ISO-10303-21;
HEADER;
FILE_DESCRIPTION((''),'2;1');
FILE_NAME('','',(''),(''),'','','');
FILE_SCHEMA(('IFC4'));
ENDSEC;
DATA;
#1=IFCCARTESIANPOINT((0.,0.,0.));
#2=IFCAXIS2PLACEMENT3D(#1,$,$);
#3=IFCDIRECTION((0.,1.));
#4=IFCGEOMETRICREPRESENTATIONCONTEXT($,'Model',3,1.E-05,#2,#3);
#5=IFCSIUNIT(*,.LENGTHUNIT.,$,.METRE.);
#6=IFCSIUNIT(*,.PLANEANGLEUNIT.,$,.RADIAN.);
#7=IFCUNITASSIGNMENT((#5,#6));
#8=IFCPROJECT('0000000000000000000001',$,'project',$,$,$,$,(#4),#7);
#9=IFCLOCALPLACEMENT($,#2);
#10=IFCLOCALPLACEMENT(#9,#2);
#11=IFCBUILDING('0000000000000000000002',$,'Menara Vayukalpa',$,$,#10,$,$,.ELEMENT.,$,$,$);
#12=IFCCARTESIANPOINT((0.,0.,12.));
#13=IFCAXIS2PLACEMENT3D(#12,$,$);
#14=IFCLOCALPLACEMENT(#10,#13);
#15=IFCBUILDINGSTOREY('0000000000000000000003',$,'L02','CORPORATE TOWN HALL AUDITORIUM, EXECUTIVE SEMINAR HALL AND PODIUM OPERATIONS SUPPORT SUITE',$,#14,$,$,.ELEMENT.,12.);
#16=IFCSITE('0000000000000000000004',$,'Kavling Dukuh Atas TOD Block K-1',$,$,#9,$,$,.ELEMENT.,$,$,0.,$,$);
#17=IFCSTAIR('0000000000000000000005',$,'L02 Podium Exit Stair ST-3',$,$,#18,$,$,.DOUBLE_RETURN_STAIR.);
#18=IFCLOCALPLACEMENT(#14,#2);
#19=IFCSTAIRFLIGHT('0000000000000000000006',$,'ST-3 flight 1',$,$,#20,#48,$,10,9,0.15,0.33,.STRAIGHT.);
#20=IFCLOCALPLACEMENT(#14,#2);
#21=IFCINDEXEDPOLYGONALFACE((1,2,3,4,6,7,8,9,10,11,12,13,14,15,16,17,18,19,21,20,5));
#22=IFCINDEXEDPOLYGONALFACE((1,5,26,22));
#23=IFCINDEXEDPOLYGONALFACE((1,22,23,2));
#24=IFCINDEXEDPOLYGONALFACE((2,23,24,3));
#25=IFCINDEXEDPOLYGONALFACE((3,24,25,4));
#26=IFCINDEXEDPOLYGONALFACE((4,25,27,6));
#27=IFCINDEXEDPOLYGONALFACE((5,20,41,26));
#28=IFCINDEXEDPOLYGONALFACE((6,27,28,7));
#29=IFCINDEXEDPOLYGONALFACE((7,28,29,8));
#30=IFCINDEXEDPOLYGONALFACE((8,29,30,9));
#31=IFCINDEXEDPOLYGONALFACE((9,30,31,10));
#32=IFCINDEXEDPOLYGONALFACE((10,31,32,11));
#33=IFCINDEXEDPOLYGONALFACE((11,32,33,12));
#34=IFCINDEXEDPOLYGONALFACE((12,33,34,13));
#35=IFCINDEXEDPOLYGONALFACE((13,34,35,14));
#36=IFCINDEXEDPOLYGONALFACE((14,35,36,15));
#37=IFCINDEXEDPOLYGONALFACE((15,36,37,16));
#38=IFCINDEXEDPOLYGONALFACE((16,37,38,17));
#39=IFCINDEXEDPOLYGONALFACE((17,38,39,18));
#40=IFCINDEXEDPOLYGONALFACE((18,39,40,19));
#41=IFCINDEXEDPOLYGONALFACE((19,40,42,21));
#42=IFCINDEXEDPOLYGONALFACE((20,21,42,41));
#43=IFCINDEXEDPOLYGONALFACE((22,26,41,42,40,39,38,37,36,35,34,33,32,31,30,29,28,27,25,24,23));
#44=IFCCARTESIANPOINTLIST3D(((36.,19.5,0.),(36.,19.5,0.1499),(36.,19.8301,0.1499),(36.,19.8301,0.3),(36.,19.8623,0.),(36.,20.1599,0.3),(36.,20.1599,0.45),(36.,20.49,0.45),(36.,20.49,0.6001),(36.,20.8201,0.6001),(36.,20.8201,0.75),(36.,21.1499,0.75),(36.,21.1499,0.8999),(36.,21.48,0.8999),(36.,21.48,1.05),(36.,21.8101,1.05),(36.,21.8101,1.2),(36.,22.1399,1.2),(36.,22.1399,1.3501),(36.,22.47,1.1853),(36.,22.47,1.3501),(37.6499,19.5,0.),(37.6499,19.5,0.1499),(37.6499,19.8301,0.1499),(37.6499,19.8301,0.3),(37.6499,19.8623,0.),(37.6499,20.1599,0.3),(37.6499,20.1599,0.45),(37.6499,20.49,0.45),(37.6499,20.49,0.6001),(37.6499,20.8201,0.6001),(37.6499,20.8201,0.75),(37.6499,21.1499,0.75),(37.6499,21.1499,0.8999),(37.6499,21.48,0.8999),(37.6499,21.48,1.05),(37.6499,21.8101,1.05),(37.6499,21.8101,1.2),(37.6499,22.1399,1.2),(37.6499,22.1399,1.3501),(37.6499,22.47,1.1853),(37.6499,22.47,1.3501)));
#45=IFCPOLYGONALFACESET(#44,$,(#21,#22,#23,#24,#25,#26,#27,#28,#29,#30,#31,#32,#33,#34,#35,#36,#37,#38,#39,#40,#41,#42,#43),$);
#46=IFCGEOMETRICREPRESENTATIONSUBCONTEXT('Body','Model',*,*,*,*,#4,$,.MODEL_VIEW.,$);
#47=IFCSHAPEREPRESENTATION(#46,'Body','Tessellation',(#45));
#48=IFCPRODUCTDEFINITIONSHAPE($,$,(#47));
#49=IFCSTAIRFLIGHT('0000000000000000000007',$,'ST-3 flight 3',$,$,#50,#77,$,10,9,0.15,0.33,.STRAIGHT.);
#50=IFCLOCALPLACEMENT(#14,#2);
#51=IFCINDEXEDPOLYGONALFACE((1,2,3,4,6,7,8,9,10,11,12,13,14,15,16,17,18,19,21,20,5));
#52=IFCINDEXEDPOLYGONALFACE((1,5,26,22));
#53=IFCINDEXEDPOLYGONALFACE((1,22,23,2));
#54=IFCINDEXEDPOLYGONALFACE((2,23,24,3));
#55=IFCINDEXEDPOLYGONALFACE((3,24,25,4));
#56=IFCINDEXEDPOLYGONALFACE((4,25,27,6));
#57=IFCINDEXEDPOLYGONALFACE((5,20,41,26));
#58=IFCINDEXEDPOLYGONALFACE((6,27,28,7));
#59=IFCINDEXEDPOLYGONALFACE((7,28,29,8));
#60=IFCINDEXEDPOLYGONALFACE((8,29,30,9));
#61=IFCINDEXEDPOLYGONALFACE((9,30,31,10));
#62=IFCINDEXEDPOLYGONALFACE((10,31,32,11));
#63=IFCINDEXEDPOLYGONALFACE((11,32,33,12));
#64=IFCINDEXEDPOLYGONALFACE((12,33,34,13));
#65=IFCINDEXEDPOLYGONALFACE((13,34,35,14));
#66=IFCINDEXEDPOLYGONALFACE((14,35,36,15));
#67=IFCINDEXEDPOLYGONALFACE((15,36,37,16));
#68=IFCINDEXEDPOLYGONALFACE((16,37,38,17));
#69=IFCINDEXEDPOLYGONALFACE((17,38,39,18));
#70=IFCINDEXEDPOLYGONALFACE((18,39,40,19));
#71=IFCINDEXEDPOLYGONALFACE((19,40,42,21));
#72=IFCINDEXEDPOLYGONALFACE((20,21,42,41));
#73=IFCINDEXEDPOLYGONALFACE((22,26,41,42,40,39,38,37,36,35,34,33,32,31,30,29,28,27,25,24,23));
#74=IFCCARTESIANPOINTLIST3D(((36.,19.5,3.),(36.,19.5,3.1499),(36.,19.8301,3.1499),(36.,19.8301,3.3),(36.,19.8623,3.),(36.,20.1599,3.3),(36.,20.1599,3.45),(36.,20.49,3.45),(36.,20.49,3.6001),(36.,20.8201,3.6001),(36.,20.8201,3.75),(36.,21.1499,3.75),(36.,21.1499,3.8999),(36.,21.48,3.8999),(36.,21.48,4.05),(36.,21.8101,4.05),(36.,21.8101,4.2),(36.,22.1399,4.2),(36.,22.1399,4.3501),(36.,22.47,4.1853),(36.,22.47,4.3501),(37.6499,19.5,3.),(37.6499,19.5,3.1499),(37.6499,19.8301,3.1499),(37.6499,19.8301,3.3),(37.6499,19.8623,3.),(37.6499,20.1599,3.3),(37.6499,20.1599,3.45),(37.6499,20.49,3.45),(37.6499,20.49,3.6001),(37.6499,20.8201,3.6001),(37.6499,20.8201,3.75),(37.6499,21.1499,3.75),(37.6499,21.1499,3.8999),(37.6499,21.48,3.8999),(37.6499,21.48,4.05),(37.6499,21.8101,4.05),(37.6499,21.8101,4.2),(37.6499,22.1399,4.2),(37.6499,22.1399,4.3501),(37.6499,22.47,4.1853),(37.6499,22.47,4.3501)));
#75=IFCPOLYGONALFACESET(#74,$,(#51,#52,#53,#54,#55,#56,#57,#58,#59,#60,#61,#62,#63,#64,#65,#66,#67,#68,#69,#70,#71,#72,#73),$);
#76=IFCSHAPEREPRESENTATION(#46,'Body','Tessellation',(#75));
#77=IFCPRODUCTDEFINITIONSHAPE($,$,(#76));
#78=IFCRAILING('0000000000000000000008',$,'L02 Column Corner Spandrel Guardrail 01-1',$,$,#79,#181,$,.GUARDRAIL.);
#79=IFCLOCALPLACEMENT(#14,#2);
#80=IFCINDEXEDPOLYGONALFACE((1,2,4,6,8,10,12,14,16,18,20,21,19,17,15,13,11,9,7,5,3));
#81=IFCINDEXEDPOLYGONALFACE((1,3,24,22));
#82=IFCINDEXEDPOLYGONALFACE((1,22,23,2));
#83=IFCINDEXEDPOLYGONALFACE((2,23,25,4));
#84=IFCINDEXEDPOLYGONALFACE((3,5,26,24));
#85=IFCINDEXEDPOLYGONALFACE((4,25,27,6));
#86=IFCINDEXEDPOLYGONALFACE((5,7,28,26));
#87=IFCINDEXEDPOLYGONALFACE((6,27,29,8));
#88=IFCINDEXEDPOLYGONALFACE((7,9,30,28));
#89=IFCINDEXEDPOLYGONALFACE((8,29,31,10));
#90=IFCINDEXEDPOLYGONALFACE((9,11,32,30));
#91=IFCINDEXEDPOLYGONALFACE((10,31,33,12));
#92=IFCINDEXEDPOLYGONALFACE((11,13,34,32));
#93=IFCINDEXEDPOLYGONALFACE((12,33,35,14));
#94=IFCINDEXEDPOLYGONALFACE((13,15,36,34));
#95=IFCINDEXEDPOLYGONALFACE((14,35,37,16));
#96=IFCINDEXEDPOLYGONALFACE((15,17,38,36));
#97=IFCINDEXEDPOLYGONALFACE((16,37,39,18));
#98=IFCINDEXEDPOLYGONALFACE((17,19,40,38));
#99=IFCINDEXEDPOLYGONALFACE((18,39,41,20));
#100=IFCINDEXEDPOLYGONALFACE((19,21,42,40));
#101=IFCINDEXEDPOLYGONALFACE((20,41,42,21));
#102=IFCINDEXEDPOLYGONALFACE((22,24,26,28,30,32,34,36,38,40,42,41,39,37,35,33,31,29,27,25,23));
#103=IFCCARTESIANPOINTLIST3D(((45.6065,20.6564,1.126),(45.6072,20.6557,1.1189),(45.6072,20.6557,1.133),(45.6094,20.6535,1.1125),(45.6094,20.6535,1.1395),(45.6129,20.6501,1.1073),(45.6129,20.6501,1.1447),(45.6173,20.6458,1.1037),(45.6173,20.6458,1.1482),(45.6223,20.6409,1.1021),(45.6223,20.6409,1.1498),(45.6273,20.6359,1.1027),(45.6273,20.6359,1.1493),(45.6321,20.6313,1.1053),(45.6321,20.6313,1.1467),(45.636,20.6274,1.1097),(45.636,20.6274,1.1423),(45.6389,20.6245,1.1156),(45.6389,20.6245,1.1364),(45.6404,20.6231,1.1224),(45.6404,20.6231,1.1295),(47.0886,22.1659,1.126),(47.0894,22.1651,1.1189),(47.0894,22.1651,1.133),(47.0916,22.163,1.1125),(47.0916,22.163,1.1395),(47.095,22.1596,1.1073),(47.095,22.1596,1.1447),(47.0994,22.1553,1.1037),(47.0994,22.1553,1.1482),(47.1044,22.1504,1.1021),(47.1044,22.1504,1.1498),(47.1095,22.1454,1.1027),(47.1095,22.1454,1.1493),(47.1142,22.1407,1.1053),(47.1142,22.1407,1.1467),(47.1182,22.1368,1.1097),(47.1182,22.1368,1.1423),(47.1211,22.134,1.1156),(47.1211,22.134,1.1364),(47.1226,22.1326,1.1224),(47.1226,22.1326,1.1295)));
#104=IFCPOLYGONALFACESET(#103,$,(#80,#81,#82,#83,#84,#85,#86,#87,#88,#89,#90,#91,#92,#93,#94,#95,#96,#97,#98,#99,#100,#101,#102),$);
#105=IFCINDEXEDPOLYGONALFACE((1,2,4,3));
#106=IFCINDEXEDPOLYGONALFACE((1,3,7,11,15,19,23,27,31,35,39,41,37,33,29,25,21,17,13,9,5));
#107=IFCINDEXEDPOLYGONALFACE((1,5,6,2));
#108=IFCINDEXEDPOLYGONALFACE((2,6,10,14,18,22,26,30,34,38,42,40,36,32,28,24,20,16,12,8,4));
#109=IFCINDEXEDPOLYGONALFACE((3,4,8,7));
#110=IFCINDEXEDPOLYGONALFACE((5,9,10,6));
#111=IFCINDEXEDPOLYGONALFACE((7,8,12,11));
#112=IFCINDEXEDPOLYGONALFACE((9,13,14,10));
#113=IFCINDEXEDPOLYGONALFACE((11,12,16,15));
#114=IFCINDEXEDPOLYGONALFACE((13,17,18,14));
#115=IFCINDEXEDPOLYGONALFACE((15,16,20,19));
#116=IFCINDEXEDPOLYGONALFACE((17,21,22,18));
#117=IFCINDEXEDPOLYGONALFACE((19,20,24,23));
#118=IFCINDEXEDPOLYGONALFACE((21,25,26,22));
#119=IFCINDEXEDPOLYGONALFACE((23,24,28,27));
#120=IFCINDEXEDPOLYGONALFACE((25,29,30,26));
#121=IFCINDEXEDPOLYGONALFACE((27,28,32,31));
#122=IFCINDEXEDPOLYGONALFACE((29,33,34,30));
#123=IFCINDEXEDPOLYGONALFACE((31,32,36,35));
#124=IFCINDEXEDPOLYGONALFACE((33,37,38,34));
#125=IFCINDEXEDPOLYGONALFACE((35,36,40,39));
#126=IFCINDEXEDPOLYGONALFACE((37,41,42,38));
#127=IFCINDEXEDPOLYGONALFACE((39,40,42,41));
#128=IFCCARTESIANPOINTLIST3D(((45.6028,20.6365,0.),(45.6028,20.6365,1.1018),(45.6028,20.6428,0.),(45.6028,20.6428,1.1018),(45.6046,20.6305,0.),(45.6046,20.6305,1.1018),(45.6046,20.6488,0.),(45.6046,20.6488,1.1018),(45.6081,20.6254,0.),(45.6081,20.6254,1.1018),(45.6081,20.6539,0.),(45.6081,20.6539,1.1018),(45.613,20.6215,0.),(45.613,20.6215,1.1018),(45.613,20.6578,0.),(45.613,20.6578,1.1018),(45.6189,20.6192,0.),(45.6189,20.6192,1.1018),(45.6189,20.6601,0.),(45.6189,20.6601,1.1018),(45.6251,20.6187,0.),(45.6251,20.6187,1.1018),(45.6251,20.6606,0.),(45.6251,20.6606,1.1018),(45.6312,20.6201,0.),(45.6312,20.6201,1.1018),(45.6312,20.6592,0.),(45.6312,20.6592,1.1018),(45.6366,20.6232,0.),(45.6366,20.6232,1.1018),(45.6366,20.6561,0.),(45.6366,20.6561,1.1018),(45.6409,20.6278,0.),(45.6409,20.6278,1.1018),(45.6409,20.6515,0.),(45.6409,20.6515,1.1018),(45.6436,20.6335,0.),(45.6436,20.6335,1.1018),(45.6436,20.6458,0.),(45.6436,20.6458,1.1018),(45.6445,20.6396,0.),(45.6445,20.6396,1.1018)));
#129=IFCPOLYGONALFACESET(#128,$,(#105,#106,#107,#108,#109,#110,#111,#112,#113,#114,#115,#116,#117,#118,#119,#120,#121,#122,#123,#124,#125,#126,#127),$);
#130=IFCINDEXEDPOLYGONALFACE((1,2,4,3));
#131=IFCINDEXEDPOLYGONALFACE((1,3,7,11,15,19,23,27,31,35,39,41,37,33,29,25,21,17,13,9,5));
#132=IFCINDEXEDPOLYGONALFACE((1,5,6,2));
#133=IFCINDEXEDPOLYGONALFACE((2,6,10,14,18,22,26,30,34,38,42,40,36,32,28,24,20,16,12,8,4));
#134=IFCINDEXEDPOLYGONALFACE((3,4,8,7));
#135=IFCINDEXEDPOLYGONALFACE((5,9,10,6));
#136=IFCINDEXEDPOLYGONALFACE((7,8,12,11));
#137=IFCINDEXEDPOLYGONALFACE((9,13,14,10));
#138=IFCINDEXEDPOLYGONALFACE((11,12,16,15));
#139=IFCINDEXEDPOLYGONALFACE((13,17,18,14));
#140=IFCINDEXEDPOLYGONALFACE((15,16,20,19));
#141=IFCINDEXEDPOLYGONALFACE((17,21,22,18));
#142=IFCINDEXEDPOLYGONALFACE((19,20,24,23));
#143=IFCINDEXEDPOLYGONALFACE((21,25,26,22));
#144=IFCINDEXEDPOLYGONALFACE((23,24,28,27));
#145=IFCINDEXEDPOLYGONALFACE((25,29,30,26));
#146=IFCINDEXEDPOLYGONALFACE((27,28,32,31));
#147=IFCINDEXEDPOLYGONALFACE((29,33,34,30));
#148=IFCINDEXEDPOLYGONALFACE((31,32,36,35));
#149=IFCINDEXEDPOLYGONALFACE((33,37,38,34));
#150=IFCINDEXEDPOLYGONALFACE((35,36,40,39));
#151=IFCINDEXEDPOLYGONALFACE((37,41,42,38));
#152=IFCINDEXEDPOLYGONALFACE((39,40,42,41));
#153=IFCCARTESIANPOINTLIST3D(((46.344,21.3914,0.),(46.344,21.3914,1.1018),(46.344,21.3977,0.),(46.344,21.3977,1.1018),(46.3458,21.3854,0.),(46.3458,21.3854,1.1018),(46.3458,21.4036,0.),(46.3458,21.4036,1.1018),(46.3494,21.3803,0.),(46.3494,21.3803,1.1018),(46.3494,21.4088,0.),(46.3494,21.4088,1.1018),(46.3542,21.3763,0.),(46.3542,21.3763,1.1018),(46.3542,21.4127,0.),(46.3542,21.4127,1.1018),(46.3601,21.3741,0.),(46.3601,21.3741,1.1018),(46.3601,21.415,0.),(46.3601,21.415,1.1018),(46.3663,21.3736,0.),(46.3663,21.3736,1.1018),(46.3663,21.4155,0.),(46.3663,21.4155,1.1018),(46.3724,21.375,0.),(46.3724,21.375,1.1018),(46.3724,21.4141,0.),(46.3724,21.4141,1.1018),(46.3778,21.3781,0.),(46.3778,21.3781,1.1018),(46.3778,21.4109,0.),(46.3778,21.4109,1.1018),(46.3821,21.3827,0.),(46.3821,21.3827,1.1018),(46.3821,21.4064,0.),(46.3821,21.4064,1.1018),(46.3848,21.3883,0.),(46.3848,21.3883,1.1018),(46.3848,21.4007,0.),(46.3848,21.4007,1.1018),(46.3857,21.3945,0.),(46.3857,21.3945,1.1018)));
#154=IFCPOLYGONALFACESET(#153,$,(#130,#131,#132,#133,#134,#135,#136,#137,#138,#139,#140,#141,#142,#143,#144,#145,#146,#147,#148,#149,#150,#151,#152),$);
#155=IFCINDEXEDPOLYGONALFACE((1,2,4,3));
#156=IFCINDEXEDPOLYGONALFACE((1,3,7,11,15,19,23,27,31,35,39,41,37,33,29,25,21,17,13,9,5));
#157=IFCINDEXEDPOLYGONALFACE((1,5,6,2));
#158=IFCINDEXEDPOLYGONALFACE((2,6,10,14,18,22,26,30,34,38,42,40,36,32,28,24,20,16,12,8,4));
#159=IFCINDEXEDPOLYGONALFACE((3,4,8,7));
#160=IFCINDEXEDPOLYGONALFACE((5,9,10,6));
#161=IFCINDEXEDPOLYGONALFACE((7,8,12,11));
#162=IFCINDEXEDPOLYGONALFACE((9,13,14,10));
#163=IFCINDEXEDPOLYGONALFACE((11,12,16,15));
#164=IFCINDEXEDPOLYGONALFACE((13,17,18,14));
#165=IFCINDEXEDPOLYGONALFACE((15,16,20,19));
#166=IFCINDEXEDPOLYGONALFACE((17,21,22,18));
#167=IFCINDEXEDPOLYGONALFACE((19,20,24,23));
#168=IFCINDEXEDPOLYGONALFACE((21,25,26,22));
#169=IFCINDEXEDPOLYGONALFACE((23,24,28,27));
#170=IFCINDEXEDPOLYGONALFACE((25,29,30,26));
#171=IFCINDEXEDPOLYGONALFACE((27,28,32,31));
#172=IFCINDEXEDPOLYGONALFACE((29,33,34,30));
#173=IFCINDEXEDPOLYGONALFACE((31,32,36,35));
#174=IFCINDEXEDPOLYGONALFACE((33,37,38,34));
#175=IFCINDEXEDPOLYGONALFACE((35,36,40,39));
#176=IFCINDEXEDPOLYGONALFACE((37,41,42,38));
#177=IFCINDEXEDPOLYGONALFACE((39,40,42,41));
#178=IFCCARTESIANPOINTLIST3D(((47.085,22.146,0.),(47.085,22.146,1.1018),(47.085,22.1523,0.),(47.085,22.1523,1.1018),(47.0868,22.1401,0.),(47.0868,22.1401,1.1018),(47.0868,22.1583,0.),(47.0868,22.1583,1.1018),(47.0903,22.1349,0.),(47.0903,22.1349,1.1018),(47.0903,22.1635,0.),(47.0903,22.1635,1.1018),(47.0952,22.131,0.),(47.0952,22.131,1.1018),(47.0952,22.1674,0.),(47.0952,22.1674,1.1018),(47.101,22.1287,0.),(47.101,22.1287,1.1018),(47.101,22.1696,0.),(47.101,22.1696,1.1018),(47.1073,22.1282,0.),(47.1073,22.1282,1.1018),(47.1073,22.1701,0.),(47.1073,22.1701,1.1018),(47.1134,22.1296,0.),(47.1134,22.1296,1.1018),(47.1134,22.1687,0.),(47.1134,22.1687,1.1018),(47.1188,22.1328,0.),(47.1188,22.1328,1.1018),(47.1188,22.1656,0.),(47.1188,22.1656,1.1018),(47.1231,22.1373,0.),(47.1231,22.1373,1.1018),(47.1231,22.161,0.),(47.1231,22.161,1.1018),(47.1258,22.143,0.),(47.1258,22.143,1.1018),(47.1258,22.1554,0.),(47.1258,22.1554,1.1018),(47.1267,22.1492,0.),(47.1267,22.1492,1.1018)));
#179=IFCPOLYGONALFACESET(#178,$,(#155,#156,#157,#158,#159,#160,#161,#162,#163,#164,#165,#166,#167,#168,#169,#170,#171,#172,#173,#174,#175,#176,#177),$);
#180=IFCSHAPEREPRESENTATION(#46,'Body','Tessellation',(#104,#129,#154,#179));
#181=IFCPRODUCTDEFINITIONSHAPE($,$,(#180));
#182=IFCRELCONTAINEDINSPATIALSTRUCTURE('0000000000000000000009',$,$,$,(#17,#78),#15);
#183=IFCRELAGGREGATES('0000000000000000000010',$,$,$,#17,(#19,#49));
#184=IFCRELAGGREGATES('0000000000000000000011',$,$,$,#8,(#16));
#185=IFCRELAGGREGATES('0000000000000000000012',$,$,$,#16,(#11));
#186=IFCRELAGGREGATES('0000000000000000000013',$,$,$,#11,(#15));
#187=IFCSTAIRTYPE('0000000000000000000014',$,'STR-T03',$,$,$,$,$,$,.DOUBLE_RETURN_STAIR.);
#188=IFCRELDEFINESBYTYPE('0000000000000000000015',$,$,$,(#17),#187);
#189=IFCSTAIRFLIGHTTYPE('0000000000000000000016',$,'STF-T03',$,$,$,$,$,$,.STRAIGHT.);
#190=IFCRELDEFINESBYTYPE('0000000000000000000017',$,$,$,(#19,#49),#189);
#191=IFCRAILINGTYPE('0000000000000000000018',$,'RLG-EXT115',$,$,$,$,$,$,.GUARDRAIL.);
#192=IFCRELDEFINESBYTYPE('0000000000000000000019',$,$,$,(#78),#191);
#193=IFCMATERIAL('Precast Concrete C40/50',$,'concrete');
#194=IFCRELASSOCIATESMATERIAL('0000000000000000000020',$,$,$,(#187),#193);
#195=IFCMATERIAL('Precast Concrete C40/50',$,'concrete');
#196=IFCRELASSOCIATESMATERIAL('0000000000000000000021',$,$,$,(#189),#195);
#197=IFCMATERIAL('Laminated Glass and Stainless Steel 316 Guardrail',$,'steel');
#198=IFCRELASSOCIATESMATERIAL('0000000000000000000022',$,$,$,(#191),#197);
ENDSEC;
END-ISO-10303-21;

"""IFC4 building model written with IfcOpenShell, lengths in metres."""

from ifc_helpers import new_model, si_unit, direction, frame, origin, origin_2d, place, context, subcontext, project, spatial, polyline, circle, outline, extrude, material, type_object, element, aggregate, save


model = new_model("IFC4")

# Units and contexts
model_context = context("Model", 3, precision=1e-05, world=origin(), true_north=direction((0.0, 1.0)))
body_context = subcontext(model_context, "Body", "Model", "MODEL_VIEW")
ifc_project = project(units=[si_unit("LENGTHUNIT", "METRE"), si_unit("PLANEANGLEUNIT", "RADIAN")], contexts=[model_context])

# Site, building, storey
site_placement = place(None, origin())
site = spatial("IfcSite", under=ifc_project, at=site_placement, Name="Kavling Dukuh Atas TOD Block K-1", CompositionType="ELEMENT", RefElevation=0.0)
building_placement = place(site_placement, origin())
building = spatial("IfcBuilding", under=site, at=building_placement, Name="Menara Vayukalpa", CompositionType="ELEMENT")
storey_placement = place(building_placement, frame((0.0, 0.0, 12.0)))
storey = spatial("IfcBuildingStorey", under=building, at=storey_placement, Name="L02", Description="CORPORATE TOWN HALL AUDITORIUM, EXECUTIVE SEMINAR HALL AND PODIUM OPERATIONS SUPPORT SUITE", CompositionType="ELEMENT", Elevation=12.0)

# Stair, stair flights
ifc_material_1 = material(Name="Precast Concrete C40/50", Category="concrete")
stair_type = type_object("IfcStairType", Name="STR-T03", PredefinedType="DOUBLE_RETURN_STAIR", material=ifc_material_1)
stair_placement = place(storey_placement, origin())
stair = element("IfcStair", 1, at=stair_placement, inside=storey, type_object=stair_type, Name="L02 Podium Exit Stair ST-3", PredefinedType="DOUBLE_RETURN_STAIR")
ifc_material_2 = material(Name="Precast Concrete C40/50", Category="concrete")
stair_flight_type = type_object("IfcStairFlightType", Name="STF-T03", PredefinedType="STRAIGHT", material=ifc_material_2)
stair_flight_1_placement = place(storey_placement, frame((36.825, 19.5, 0.0), z_axis=(0.0, 0.0, 1.0), x_axis=(0.0, 1.0, 0.0)))
stair_flight_1 = element("IfcStairFlight", 2, at=stair_flight_1_placement, type_object=stair_flight_type, Name="ST-3 flight 1", NumberOfRisers=10, NumberOfTreads=9, PredefinedType="STRAIGHT", RiserHeight=0.15, TreadLength=0.33, context=body_context, shape_type="SweptSolid", body=[
    extrude(outline(polyline([(0.0, 0.0), (0.0, 0.1499), (0.3301, 0.1499), (0.3301, 0.3), (0.6599, 0.3), (0.6599, 0.45), (0.99, 0.45), (0.99, 0.6001), (1.3201, 0.6001), (1.3201, 0.75), (1.6499, 0.75), (1.6499, 0.8999), (1.98, 0.8999), (1.98, 1.05), (2.3101, 1.05), (2.3101, 1.2), (2.6399, 1.2), (2.6399, 1.3501), (2.97, 1.3501), (2.97, 1.5), (2.97, 1.1853), (0.3623, 0.0), (0.0, 0.0)])), frame((0.0, 0.825, 0.0), z_axis=(0.0, -1.0, 0.0), x_axis=(1.0, 0.0, 0.0)), (0.0, 0.0, 1.0), 1.6499),
])
stair_flight_2_placement = place(storey_placement, frame((36.825, 19.5, 3.0), z_axis=(0.0, 0.0, 1.0), x_axis=(0.0, 1.0, 0.0)))
stair_flight_2 = element("IfcStairFlight", 3, at=stair_flight_2_placement, type_object=stair_flight_type, Name="ST-3 flight 3", NumberOfRisers=10, NumberOfTreads=9, PredefinedType="STRAIGHT", RiserHeight=0.15, TreadLength=0.33, context=body_context, shape_type="SweptSolid", body=[
    extrude(outline(polyline([(0.0, 0.0), (0.0, 0.1499), (0.3301, 0.1499), (0.3301, 0.3), (0.6599, 0.3), (0.6599, 0.45), (0.99, 0.45), (0.99, 0.6001), (1.3201, 0.6001), (1.3201, 0.75), (1.6499, 0.75), (1.6499, 0.8999), (1.98, 0.8999), (1.98, 1.05), (2.3101, 1.05), (2.3101, 1.2), (2.6399, 1.2), (2.6399, 1.3501), (2.97, 1.3501), (2.97, 1.5), (2.97, 1.1853), (0.3623, 0.0), (0.0, 0.0)])), frame((0.0, 0.825, 0.0), z_axis=(0.0, -1.0, 0.0), x_axis=(1.0, 0.0, 0.0)), (0.0, 0.0, 1.0), 1.6499),
])
aggregate(stair, [stair_flight_1, stair_flight_2])

# Railing
ifc_material_3 = material(Name="Laminated Glass and Stainless Steel 316 Guardrail", Category="steel")
railing_type_1 = type_object("IfcRailingType", Name="RLG-EXT115", PredefinedType="GUARDRAIL", material=ifc_material_3)
railing_1_placement = place(storey_placement, frame((45.6235, 20.6396, 0.0)))
element("IfcRailing", 4, at=railing_1_placement, inside=storey, type_object=railing_type_1, Name="L02 Column Corner Spandrel Guardrail 01-1", PredefinedType="GUARDRAIL", context=body_context, shape_type="SweptSolid", body=[
    extrude(circle(Radius=0.0239, at=origin_2d()), frame((0.0, 0.0, 1.126), z_axis=(0.700615, 0.71354, 0.0), x_axis=(-0.71354, 0.700615, 0.0)), (0.0, 0.0, 1.0), 2.1155),
    extrude(circle(Radius=0.021, at=origin_2d()), origin(), (0.0, 0.0, 1.0), 1.1018),
    extrude(circle(Radius=0.021, at=origin_2d()), frame((0.7412, 0.7549, 0.0)), (0.0, 0.0, 1.0), 1.1018),
    extrude(circle(Radius=0.021, at=origin_2d()), frame((1.4822, 1.5095, 0.0)), (0.0, 0.0, 1.0), 1.1018),
])

save(model, "model.ifc")
